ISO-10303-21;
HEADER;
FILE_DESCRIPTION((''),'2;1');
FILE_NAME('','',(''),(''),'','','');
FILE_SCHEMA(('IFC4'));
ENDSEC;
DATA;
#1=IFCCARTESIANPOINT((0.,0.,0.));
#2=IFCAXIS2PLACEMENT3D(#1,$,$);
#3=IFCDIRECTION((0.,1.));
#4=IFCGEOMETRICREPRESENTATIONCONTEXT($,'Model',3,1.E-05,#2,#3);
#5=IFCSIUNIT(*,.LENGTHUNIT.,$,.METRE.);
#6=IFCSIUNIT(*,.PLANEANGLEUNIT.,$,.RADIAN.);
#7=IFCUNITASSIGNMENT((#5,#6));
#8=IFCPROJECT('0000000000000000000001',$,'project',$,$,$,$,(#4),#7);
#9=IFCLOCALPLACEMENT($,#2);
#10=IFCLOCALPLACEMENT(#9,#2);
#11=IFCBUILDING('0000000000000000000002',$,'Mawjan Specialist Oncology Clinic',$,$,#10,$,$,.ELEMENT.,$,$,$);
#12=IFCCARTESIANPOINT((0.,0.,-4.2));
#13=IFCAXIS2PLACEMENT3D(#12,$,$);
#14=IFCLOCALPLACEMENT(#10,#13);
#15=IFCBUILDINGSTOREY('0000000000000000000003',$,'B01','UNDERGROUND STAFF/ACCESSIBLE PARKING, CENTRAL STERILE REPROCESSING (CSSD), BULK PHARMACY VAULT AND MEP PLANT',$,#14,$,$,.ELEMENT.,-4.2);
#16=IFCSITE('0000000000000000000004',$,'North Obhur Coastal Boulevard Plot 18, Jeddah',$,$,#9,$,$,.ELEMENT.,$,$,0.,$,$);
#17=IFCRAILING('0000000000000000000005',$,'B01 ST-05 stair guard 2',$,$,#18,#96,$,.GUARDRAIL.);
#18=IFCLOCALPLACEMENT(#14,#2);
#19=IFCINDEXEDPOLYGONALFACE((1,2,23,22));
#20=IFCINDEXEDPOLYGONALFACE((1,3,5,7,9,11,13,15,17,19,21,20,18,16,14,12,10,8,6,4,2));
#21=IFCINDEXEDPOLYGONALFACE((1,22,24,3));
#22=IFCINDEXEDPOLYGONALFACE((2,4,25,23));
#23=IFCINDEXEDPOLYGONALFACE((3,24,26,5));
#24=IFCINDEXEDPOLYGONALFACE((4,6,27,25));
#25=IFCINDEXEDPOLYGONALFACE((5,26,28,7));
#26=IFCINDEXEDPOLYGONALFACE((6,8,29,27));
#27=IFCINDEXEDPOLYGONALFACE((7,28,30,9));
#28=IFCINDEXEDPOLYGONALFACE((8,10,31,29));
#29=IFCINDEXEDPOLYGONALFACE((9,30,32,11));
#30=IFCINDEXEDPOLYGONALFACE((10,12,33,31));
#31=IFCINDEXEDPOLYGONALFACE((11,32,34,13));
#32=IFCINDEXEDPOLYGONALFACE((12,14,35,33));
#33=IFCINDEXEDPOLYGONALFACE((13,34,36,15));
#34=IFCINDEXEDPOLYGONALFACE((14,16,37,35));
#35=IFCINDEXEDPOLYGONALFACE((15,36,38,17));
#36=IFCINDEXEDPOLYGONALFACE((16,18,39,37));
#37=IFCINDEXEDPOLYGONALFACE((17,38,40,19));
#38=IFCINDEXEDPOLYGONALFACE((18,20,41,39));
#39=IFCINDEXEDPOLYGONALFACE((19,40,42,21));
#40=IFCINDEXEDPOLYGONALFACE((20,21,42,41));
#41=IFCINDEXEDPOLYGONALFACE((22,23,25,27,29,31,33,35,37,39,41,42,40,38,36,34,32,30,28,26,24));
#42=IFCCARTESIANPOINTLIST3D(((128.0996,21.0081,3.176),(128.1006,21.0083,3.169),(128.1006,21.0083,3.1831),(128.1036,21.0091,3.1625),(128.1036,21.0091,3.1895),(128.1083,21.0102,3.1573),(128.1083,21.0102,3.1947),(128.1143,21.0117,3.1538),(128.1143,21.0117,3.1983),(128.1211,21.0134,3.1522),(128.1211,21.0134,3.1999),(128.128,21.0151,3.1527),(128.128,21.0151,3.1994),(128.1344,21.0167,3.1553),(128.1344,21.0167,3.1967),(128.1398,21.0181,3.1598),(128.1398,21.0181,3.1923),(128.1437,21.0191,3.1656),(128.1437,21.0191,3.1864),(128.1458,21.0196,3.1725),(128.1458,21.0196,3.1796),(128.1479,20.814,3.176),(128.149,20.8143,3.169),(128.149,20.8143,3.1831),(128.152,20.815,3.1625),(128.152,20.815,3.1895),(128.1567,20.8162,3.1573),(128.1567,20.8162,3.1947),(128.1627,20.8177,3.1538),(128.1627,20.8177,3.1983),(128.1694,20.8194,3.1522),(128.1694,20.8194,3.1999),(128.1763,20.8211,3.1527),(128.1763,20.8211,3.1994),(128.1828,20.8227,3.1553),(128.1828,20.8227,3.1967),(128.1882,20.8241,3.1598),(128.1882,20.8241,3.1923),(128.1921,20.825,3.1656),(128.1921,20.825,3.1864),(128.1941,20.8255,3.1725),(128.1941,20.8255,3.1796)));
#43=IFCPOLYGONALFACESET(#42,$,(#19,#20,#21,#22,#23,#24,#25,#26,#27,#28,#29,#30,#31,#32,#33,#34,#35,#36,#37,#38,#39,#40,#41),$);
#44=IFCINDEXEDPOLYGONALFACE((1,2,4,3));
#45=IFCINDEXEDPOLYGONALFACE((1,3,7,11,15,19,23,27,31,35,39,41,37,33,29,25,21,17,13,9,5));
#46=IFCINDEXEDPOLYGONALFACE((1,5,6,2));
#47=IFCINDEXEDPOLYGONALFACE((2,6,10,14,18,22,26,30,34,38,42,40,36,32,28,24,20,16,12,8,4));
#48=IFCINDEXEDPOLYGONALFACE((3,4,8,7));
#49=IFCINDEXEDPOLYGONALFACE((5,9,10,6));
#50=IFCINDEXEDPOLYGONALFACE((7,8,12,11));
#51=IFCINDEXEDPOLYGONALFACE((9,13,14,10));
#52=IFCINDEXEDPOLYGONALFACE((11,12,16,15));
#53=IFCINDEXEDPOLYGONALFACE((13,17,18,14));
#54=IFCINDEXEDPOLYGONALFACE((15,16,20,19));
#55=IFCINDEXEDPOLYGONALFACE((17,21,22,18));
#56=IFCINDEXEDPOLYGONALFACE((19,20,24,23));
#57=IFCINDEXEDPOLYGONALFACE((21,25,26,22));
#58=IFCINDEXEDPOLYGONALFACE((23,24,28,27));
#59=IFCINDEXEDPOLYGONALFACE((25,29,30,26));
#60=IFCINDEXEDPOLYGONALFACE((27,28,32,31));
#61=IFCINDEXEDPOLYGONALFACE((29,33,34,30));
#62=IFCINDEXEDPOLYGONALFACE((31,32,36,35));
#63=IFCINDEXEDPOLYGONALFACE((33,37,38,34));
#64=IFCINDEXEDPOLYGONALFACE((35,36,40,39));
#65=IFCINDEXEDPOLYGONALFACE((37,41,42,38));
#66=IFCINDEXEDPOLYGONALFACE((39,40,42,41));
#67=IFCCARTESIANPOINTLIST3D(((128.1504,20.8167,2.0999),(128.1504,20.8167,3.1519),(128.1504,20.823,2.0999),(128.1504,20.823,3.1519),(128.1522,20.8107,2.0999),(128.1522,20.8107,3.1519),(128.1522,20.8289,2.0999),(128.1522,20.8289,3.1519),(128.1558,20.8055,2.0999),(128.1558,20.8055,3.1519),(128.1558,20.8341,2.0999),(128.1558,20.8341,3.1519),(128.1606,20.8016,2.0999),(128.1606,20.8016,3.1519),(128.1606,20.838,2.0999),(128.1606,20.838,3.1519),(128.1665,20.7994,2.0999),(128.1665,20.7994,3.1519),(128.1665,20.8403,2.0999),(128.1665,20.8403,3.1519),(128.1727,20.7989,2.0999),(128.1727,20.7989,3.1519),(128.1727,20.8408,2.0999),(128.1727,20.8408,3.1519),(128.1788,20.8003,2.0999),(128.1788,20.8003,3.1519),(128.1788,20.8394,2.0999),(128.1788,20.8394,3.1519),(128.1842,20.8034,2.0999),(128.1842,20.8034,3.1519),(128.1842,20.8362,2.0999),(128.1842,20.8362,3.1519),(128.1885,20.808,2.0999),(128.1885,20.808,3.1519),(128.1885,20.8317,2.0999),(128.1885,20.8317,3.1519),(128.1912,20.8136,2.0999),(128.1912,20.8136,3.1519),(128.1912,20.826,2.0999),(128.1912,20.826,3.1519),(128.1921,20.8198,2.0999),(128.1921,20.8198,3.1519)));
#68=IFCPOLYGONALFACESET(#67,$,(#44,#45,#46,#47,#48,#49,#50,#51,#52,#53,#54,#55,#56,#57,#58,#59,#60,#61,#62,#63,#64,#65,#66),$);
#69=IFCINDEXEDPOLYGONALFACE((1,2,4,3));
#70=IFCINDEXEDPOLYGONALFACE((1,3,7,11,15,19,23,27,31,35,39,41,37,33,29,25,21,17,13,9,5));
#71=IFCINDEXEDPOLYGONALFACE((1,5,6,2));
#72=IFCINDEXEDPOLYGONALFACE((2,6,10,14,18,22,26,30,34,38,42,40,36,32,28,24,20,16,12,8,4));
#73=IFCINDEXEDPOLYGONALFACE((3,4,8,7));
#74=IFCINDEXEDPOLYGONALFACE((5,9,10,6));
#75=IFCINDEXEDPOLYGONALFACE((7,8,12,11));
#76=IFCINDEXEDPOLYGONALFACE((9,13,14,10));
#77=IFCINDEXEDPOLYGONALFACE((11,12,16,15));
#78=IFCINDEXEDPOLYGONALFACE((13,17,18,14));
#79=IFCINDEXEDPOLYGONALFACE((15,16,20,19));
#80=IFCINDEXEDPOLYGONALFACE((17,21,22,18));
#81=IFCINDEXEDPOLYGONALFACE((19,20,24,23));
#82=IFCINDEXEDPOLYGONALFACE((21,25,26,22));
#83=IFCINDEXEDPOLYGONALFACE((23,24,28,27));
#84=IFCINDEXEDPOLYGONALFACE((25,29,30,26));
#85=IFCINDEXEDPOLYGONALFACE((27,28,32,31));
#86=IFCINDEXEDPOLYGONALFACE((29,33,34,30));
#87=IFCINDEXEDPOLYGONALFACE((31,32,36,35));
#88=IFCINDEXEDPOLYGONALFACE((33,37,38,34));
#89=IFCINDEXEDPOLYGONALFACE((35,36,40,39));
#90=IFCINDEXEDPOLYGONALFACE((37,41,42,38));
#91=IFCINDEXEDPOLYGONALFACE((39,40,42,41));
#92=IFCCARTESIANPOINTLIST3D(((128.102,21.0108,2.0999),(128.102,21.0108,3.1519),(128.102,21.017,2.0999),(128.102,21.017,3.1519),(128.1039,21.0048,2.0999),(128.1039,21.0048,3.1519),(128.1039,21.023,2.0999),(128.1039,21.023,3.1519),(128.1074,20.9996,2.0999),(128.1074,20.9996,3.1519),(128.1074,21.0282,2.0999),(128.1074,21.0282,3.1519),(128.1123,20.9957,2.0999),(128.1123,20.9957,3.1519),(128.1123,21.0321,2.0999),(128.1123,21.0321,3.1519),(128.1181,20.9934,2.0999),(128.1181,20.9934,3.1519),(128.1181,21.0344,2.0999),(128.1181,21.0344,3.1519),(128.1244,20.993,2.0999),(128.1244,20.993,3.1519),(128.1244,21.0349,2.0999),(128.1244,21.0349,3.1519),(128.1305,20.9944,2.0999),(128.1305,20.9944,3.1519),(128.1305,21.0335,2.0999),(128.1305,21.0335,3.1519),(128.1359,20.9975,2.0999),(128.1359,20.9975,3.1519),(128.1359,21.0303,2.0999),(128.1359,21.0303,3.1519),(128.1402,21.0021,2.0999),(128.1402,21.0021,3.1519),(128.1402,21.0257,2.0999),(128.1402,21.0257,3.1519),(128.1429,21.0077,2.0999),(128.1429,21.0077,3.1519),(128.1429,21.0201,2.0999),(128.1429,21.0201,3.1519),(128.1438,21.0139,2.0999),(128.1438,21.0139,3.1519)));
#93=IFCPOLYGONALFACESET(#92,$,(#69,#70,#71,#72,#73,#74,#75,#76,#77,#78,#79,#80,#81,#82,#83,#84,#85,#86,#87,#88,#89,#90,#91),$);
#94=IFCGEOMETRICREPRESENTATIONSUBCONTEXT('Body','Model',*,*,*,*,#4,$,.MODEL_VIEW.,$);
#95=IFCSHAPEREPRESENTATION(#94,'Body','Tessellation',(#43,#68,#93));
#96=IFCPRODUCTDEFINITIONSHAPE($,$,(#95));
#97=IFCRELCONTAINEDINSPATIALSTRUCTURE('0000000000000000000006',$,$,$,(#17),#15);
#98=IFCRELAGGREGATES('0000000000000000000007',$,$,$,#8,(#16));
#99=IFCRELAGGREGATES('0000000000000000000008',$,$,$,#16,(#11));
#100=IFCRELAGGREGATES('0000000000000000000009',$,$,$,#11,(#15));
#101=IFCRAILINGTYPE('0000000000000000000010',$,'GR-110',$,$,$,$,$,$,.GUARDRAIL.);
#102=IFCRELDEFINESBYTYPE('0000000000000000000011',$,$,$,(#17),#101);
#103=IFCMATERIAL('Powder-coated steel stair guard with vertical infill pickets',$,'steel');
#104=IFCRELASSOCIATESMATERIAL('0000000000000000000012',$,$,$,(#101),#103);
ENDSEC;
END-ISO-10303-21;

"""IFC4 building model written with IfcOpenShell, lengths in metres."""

from ifc_helpers import new_model, si_unit, direction, frame, origin, origin_2d, place, context, subcontext, project, spatial, circle, extrude, material, type_object, element, save


model = new_model("IFC4")

# Units and contexts
model_context = context("Model", 3, precision=1e-05, world=origin(), true_north=direction((0.0, 1.0)))
body_context = subcontext(model_context, "Body", "Model", "MODEL_VIEW")
ifc_project = project(units=[si_unit("LENGTHUNIT", "METRE"), si_unit("PLANEANGLEUNIT", "RADIAN")], contexts=[model_context])

# Site, building, storey
site_placement = place(None, origin())
site = spatial("IfcSite", under=ifc_project, at=site_placement, Name="North Obhur Coastal Boulevard Plot 18, Jeddah", CompositionType="ELEMENT", RefElevation=0.0)
building_placement = place(site_placement, origin())
building = spatial("IfcBuilding", under=site, at=building_placement, Name="Mawjan Specialist Oncology Clinic", CompositionType="ELEMENT")
storey_placement = place(building_placement, frame((0.0, 0.0, -4.2)))
storey = spatial("IfcBuildingStorey", under=building, at=storey_placement, Name="B01", Description="UNDERGROUND STAFF/ACCESSIBLE PARKING, CENTRAL STERILE REPROCESSING (CSSD), BULK PHARMACY VAULT AND MEP PLANT", CompositionType="ELEMENT", Elevation=-4.2)

# Railing
ifc_material_1 = material(Name="Powder-coated steel stair guard with vertical infill pickets", Category="steel")
railing_type_1 = type_object("IfcRailingType", Name="GR-110", PredefinedType="GUARDRAIL", material=ifc_material_1)
railing_1_placement = place(storey_placement, frame((128.1711, 20.8198, 2.0999)))
element("IfcRailing", 1, at=railing_1_placement, inside=storey, type_object=railing_type_1, Name="B01 ST-05 stair guard 2", PredefinedType="GUARDRAIL", context=body_context, shape_type="SweptSolid", body=[
    extrude(circle(Radius=0.0239, at=origin_2d()), frame((0.0, 0.0, 1.0762), z_axis=(-0.241674, 0.970358, 0.0), x_axis=(-0.970358, -0.241674, 0.0)), (0.0, 0.0, 1.0), 0.2),
    extrude(circle(Radius=0.021, at=origin_2d()), origin(), (0.0, 0.0, 1.0), 1.052),
    extrude(circle(Radius=0.021, at=origin_2d()), frame((-0.0483, 0.1941, 0.0)), (0.0, 0.0, 1.0), 1.052),
])

save(model, "model.ifc")
